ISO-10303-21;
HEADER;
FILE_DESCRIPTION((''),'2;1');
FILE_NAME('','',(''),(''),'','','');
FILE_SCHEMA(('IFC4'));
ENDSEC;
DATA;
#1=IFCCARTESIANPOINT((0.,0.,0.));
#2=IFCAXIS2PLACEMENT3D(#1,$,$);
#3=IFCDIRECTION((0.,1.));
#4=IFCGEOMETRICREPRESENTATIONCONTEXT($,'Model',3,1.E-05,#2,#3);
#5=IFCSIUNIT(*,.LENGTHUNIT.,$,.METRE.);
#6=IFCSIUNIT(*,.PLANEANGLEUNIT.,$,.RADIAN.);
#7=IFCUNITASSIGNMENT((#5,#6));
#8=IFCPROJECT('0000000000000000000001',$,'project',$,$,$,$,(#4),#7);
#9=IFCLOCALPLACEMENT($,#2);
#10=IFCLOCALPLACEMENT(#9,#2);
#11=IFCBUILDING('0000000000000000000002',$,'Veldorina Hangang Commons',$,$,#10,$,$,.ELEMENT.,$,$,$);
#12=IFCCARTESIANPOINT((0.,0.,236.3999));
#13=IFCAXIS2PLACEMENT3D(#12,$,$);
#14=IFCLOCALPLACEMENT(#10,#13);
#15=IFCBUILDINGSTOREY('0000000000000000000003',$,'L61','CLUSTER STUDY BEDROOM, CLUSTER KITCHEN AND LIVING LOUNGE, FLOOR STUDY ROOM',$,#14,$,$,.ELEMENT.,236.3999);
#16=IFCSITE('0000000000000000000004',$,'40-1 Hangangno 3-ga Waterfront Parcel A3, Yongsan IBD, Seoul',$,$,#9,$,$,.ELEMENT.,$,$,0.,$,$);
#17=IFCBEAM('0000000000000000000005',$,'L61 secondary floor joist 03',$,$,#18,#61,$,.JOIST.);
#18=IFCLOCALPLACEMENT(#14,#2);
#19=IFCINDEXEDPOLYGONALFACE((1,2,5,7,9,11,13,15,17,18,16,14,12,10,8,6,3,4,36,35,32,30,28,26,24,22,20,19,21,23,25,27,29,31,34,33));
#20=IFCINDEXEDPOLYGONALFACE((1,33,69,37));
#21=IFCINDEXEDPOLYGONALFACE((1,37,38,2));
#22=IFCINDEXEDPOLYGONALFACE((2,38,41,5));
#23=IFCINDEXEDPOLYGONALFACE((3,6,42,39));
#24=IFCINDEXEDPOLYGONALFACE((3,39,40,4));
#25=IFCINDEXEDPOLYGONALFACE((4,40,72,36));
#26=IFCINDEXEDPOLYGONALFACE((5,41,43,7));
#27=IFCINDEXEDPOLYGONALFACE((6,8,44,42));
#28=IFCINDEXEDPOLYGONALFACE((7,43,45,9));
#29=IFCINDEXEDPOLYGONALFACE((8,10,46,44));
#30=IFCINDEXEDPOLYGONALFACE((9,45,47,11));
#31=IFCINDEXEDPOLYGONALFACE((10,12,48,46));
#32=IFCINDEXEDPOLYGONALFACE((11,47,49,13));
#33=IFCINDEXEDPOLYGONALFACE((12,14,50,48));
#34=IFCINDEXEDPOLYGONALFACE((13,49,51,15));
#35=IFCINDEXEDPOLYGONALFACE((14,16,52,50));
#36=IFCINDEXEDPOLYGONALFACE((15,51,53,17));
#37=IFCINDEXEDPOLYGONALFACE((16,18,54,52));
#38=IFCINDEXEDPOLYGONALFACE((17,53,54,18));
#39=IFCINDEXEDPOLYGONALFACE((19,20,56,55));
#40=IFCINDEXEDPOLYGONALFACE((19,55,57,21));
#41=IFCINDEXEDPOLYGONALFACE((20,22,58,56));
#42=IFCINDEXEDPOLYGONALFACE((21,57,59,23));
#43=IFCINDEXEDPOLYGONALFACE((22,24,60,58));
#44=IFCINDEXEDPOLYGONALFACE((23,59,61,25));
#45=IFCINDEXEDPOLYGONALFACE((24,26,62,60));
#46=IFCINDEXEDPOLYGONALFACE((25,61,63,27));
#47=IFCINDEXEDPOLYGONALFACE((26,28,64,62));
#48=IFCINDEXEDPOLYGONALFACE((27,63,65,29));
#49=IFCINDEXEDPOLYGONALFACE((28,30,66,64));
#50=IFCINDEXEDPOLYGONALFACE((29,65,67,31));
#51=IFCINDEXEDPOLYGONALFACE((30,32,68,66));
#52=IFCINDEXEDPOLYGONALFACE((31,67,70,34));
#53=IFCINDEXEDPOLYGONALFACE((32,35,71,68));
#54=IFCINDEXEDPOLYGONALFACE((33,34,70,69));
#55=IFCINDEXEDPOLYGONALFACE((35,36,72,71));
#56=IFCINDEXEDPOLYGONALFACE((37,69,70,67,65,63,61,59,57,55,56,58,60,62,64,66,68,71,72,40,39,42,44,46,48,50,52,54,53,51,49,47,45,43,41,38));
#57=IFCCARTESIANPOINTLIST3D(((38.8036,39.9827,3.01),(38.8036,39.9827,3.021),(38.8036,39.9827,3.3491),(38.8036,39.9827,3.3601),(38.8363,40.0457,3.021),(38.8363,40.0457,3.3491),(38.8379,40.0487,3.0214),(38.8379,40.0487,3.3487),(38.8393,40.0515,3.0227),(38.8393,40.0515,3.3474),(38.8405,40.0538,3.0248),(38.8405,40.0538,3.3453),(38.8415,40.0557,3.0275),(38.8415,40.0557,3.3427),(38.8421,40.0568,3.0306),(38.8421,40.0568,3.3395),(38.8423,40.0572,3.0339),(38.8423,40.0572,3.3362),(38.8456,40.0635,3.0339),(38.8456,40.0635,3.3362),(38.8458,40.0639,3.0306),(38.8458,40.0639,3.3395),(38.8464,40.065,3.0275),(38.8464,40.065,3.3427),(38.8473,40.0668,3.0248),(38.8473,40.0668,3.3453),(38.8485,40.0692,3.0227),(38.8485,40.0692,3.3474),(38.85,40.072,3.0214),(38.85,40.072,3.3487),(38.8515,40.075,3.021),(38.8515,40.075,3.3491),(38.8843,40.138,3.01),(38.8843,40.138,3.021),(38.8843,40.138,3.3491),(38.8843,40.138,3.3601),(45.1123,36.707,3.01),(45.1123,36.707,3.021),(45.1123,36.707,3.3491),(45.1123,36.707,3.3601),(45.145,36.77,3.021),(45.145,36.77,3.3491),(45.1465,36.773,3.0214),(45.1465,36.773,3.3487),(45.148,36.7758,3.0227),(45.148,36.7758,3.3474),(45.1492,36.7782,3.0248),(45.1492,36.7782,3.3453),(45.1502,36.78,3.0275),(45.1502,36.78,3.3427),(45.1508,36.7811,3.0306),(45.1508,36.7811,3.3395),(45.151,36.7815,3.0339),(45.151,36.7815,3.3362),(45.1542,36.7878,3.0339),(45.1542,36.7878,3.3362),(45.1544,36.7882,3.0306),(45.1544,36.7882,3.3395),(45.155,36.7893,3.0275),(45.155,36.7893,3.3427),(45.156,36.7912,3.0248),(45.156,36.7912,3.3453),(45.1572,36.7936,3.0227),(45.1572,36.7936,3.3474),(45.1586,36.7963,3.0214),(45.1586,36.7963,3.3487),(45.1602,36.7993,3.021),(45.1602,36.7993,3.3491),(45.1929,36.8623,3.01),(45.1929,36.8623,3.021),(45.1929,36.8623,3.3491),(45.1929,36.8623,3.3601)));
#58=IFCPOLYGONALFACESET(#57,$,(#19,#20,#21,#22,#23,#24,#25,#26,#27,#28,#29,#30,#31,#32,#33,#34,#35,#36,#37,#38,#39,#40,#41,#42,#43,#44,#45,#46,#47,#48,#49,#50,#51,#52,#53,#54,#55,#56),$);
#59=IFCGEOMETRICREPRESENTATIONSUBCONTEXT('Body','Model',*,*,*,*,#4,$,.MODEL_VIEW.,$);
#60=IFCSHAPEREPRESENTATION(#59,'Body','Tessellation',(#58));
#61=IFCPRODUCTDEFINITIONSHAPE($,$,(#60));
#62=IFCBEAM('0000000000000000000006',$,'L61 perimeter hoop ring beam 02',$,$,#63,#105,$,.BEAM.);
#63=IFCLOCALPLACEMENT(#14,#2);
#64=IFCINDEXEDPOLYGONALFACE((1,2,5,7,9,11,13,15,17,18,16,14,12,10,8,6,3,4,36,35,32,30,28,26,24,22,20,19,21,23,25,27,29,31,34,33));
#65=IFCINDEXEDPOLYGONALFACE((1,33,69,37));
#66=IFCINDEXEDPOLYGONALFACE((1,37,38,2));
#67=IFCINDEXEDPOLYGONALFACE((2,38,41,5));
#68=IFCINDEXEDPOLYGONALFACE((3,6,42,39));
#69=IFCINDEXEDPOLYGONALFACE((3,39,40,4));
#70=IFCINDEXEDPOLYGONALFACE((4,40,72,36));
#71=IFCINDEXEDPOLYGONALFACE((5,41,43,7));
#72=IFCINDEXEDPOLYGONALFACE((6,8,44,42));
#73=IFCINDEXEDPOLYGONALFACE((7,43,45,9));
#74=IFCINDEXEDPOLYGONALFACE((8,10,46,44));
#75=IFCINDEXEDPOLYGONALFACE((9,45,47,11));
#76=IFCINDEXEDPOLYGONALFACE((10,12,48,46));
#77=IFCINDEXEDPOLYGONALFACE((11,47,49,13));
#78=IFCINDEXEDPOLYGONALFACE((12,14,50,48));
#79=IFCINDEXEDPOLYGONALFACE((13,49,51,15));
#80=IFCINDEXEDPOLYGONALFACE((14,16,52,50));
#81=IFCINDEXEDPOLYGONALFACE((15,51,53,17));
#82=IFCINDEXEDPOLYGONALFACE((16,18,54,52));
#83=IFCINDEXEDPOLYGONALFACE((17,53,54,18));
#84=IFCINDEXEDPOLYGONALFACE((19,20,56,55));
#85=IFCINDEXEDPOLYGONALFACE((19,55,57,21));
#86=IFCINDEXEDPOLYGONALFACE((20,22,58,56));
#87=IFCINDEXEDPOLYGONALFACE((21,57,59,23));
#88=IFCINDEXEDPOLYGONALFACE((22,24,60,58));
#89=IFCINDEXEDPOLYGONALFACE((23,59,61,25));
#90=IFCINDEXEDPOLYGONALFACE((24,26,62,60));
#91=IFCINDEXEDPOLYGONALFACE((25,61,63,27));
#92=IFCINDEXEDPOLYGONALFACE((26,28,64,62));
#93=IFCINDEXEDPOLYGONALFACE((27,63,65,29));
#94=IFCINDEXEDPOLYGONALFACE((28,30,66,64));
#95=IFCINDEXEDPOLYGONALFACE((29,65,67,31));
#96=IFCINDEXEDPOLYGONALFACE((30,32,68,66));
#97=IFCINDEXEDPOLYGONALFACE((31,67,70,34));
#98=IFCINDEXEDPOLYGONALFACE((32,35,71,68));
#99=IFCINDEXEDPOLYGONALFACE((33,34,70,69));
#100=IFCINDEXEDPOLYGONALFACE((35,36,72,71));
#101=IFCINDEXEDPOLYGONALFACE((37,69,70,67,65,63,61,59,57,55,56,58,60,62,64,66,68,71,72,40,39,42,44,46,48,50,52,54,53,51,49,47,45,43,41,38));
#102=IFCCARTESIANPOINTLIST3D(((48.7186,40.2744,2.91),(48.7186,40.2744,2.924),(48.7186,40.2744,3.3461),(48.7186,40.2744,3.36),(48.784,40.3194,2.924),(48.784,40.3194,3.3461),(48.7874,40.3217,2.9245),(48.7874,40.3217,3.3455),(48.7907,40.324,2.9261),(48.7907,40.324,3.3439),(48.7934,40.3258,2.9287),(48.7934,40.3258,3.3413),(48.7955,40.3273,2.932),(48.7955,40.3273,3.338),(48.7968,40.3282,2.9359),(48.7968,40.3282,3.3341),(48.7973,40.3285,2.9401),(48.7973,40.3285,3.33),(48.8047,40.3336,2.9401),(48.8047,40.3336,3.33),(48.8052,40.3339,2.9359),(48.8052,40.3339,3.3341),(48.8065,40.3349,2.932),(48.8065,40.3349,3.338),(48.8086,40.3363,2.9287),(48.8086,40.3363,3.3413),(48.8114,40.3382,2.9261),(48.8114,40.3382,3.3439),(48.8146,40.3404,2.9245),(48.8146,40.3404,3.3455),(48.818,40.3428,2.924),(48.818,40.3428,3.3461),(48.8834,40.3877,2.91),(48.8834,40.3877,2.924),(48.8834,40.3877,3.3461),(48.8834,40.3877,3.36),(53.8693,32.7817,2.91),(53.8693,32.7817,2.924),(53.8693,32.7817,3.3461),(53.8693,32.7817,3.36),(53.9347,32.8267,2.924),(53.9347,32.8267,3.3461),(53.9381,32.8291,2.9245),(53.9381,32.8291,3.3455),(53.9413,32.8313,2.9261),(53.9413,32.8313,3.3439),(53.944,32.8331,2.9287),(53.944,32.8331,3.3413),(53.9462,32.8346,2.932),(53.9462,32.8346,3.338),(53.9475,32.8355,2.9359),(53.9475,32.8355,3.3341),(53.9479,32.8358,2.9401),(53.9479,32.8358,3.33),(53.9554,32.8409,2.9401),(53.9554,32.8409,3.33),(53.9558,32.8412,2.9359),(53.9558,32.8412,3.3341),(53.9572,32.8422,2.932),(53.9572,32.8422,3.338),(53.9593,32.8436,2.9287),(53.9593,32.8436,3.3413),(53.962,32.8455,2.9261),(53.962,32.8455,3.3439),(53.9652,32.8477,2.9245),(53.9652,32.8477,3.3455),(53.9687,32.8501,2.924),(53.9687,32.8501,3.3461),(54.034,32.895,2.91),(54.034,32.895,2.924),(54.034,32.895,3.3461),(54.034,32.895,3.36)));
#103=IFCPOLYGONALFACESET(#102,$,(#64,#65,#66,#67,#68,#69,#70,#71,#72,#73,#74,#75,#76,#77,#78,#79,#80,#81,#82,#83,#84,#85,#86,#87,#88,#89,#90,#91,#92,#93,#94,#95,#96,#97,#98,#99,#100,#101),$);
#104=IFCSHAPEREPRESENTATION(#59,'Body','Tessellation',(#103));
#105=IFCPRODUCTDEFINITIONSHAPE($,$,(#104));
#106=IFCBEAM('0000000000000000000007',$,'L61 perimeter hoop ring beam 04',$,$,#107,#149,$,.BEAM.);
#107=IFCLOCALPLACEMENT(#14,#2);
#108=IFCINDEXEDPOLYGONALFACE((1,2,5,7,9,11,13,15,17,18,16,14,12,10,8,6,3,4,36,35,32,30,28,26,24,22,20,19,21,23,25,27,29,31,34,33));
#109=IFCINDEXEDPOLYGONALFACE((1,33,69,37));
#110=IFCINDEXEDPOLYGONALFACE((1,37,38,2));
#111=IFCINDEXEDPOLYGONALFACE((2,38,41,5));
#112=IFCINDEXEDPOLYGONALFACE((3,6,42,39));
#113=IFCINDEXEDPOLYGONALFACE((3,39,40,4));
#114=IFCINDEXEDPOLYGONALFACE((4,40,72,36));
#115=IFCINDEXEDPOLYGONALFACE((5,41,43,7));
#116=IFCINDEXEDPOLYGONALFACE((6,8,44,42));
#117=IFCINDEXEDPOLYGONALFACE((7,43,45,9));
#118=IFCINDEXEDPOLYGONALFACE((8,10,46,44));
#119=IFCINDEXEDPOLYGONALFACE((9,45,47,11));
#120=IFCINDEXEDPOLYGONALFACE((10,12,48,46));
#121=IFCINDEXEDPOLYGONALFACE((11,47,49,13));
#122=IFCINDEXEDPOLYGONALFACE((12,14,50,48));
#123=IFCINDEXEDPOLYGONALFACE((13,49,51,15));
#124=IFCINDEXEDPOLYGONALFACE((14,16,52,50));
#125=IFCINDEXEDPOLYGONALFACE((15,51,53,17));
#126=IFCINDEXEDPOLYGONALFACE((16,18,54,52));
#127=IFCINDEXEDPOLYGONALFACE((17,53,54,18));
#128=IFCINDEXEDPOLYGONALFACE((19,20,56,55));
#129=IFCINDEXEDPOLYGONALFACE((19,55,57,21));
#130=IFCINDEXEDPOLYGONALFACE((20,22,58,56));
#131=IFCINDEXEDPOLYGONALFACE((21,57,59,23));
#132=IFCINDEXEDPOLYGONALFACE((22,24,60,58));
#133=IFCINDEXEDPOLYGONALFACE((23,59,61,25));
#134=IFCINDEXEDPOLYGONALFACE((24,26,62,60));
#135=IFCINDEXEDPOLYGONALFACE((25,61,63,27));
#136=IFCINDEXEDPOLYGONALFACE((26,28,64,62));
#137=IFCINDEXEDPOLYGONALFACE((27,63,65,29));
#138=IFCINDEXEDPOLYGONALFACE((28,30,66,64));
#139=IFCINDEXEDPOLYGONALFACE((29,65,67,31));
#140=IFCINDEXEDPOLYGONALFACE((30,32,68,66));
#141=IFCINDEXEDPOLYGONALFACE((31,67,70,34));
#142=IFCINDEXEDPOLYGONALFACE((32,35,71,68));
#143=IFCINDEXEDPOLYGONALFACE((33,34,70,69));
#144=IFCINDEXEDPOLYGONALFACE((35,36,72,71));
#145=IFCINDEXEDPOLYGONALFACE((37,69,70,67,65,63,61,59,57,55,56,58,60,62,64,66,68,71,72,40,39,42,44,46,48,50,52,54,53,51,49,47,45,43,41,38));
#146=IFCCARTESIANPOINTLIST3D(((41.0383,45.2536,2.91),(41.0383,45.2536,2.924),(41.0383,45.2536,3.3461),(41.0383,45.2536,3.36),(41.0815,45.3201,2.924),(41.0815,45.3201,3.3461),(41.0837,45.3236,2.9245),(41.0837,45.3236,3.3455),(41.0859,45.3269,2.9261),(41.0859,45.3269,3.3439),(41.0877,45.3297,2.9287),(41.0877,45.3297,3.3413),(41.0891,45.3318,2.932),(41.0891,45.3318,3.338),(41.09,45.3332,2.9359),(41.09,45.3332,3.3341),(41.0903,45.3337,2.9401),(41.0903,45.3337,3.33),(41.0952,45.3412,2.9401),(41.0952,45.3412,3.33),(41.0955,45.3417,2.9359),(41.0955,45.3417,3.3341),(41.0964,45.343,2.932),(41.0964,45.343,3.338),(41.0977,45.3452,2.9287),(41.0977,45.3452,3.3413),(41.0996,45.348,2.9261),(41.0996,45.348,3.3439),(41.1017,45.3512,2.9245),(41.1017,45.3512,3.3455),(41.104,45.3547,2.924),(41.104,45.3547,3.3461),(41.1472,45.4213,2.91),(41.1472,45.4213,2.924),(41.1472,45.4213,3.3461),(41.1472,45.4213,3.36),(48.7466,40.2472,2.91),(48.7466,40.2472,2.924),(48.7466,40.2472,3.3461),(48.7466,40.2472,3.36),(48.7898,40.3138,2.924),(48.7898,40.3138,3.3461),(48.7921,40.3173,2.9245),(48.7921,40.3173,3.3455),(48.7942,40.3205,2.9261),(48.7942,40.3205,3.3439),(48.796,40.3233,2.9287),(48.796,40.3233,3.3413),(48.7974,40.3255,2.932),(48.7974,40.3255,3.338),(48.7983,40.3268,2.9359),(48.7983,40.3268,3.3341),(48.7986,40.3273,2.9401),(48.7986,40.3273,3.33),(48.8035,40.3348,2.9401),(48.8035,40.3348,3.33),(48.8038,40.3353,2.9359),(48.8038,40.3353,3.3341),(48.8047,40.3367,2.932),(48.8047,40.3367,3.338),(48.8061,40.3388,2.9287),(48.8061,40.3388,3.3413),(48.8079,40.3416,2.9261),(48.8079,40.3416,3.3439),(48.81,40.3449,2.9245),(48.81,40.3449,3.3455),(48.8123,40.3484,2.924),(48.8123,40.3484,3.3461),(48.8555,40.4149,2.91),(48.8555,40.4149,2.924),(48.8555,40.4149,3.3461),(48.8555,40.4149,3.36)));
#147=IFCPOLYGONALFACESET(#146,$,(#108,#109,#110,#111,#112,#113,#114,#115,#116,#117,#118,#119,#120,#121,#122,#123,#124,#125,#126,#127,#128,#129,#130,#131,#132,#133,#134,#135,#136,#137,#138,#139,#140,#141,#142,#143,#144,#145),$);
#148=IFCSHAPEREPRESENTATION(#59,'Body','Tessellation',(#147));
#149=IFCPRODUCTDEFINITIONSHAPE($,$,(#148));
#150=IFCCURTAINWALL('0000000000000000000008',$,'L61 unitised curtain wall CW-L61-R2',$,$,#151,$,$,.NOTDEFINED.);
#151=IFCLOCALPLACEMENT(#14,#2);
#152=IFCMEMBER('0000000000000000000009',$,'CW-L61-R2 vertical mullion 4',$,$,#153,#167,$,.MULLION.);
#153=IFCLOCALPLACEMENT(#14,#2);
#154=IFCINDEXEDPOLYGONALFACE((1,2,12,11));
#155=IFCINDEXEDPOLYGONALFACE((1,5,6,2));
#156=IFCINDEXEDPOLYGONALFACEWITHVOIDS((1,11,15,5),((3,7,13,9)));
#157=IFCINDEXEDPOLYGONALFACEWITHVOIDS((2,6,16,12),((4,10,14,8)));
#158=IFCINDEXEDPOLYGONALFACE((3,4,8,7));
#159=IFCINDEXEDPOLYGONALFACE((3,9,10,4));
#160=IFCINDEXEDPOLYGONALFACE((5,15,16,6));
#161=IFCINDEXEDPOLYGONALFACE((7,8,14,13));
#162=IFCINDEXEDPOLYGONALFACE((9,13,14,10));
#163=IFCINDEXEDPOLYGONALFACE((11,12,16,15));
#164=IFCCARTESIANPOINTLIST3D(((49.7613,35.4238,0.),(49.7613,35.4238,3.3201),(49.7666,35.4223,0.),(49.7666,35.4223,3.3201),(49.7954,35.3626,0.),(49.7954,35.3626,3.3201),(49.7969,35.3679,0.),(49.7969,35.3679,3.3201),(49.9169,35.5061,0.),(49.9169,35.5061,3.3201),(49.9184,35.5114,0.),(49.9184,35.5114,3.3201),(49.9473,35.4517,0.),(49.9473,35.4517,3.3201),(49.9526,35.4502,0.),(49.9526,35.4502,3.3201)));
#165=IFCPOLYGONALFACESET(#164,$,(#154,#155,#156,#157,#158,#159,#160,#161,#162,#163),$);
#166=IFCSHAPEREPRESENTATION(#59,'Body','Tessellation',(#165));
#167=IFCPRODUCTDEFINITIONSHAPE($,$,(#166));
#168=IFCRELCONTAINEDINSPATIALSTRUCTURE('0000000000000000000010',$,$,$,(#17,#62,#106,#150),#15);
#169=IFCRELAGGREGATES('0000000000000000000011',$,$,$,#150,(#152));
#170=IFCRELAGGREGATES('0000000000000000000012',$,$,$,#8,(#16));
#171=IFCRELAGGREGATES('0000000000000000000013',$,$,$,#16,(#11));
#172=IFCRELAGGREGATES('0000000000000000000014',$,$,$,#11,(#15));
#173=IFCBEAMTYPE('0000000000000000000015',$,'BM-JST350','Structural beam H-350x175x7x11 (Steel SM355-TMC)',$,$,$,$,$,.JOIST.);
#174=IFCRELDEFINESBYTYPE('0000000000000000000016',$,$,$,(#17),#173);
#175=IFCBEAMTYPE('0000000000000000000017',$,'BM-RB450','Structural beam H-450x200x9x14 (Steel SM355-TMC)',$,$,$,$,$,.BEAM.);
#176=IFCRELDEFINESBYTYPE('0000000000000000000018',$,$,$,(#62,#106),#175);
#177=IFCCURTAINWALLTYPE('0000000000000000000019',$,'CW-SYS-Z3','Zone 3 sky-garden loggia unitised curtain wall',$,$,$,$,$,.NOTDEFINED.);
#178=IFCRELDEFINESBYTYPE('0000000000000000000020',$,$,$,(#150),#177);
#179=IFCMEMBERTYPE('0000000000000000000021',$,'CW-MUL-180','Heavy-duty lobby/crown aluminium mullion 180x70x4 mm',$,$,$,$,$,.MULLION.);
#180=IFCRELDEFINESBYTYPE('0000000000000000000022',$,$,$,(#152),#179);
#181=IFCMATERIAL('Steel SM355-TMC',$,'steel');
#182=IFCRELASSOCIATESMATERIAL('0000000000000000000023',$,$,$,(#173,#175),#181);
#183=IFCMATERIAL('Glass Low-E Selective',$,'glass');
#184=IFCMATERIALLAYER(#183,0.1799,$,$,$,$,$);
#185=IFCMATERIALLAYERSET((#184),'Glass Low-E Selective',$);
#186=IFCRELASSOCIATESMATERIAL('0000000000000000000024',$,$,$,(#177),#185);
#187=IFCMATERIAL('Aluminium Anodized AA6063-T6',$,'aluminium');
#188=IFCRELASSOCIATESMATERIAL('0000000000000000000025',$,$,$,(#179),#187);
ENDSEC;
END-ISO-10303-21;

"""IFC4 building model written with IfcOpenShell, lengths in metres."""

from ifc_helpers import new_model, si_unit, direction, frame, origin, origin_2d, place, context, subcontext, project, spatial, hollow_rectangle, i_section, extrude, material, layer, layer_set, material_profile, profile_set, type_object, element, aggregate, save


model = new_model("IFC4")

# Units and contexts
model_context = context("Model", 3, precision=1e-05, world=origin(), true_north=direction((0.0, 1.0)))
body_context = subcontext(model_context, "Body", "Model", "MODEL_VIEW")
ifc_project = project(units=[si_unit("LENGTHUNIT", "METRE"), si_unit("PLANEANGLEUNIT", "RADIAN")], contexts=[model_context])

# Site, building, storey
site_placement = place(None, origin())
site = spatial("IfcSite", under=ifc_project, at=site_placement, Name="40-1 Hangangno 3-ga Waterfront Parcel A3, Yongsan IBD, Seoul", CompositionType="ELEMENT", RefElevation=0.0)
building_placement = place(site_placement, origin())
building = spatial("IfcBuilding", under=site, at=building_placement, Name="Veldorina Hangang Commons", CompositionType="ELEMENT")
storey_placement = place(building_placement, frame((0.0, 0.0, 236.3999)))
storey = spatial("IfcBuildingStorey", under=building, at=storey_placement, Name="L61", Description="CLUSTER STUDY BEDROOM, CLUSTER KITCHEN AND LIVING LOUNGE, FLOOR STUDY ROOM", CompositionType="ELEMENT", Elevation=236.3999)

# Beams
ifc_material_1 = material(Name="Steel SM355-TMC", Category="steel")
ifc_material_profile_1 = material_profile(ifc_material_1, i_section(OverallWidth=0.175, OverallDepth=0.3501, WebThickness=0.0071, FlangeThickness=0.011, FilletRadius=0.0129, at=origin_2d()), Name="H-350x175x7x11")
ifc_profile_set_1 = profile_set([ifc_material_profile_1], Name="Steel SM355-TMC")
beam_type_1 = type_object("IfcBeamType", Name="BM-JST350", Description="Structural beam H-350x175x7x11 (Steel SM355-TMC)", PredefinedType="JOIST", material=ifc_profile_set_1)
beam_1_placement = place(storey_placement, frame((45.1526, 36.7847, 3.1851), z_axis=(-0.887495, 0.460817, 0.0), x_axis=(-0.460817, -0.887495, 0.0)))
element("IfcBeam", 1, at=beam_1_placement, inside=storey, type_object=beam_type_1, Name="L61 secondary floor joist 03", PredefinedType="JOIST", context=body_context, shape_type="SweptSolid", body=[
    extrude(i_section(OverallWidth=0.175, OverallDepth=0.3501, WebThickness=0.0071, FlangeThickness=0.011, FilletRadius=0.0129, at=origin_2d()), origin(), (0.0, 0.0, 1.0), 7.1084),
])
ifc_material_profile_2 = material_profile(ifc_material_1, i_section(OverallWidth=0.2, OverallDepth=0.45, WebThickness=0.009, FlangeThickness=0.0139, FilletRadius=0.0161, at=origin_2d()), Name="H-450x200x9x14")
ifc_profile_set_2 = profile_set([ifc_material_profile_2], Name="Steel SM355-TMC")
beam_type_2 = type_object("IfcBeamType", Name="BM-RB450", Description="Structural beam H-450x200x9x14 (Steel SM355-TMC)", PredefinedType="BEAM", material=ifc_profile_set_2)
beam_2_placement = place(storey_placement, frame((53.9517, 32.8384, 3.135), z_axis=(-0.566486, 0.824072, 0.0), x_axis=(-0.824072, -0.566486, 0.0)))
element("IfcBeam", 2, at=beam_2_placement, inside=storey, type_object=beam_type_2, Name="L61 perimeter hoop ring beam 02", PredefinedType="BEAM", context=body_context, shape_type="SweptSolid", body=[
    extrude(i_section(OverallWidth=0.2, OverallDepth=0.45, WebThickness=0.009, FlangeThickness=0.0139, FilletRadius=0.0161, at=origin_2d()), origin(), (0.0, 0.0, 1.0), 9.0923),
])
beam_3_placement = place(storey_placement, frame((48.801, 40.3311, 3.135), z_axis=(-0.838643, 0.544681, 0.0), x_axis=(-0.544681, -0.838643, 0.0)))
element("IfcBeam", 3, at=beam_3_placement, inside=storey, type_object=beam_type_2, Name="L61 perimeter hoop ring beam 04", PredefinedType="BEAM", context=body_context, shape_type="SweptSolid", body=[
    extrude(i_section(OverallWidth=0.2, OverallDepth=0.45, WebThickness=0.009, FlangeThickness=0.0139, FilletRadius=0.0161, at=origin_2d()), origin(), (0.0, 0.0, 1.0), 9.1914),
])

# Curtain wall, member
ifc_material_2 = material(Name="Glass Low-E Selective", Category="glass")
ifc_layer_1 = layer(ifc_material_2, 0.1799)
ifc_layer_set_1 = layer_set([ifc_layer_1], Name="Glass Low-E Selective")
curtain_wall_type = type_object("IfcCurtainWallType", Name="CW-SYS-Z3", Description="Zone 3 sky-garden loggia unitised curtain wall", PredefinedType="NOTDEFINED", material=ifc_layer_set_1)
curtain_wall_placement = place(storey_placement, origin())
curtain_wall = element("IfcCurtainWall", 4, at=curtain_wall_placement, inside=storey, type_object=curtain_wall_type, Name="L61 unitised curtain wall CW-L61-R2", PredefinedType="NOTDEFINED")
ifc_material_3 = material(Name="Aluminium Anodized AA6063-T6", Category="aluminium")
ifc_material_profile_3 = material_profile(ifc_material_3, hollow_rectangle(XDim=0.0701, YDim=0.1799, WallThickness=0.0039, at=origin_2d()), Name="ALU-RHS-180x70x4")
ifc_profile_set_3 = profile_set([ifc_material_profile_3], Name="Aluminium Anodized AA6063-T6")
member_type_1 = type_object("IfcMemberType", Name="CW-MUL-180", Description="Heavy-duty lobby/crown aluminium mullion 180x70x4 mm", PredefinedType="MULLION", material=ifc_profile_set_3)
member_1_placement = place(storey_placement, frame((49.8569, 35.437, 0.0), z_axis=(0.0, 0.0, 1.0), x_axis=(0.487021, -0.87339, 0.0)))
member_1 = element("IfcMember", 5, at=member_1_placement, type_object=member_type_1, Name="CW-L61-R2 vertical mullion 4", PredefinedType="MULLION", context=body_context, shape_type="SweptSolid", body=[
    extrude(hollow_rectangle(XDim=0.0701, YDim=0.1799, WallThickness=0.0039, at=origin_2d()), origin(), (0.0, 0.0, 1.0), 3.3201),
])

aggregate(curtain_wall, [member_1])

save(model, "model.ifc")
